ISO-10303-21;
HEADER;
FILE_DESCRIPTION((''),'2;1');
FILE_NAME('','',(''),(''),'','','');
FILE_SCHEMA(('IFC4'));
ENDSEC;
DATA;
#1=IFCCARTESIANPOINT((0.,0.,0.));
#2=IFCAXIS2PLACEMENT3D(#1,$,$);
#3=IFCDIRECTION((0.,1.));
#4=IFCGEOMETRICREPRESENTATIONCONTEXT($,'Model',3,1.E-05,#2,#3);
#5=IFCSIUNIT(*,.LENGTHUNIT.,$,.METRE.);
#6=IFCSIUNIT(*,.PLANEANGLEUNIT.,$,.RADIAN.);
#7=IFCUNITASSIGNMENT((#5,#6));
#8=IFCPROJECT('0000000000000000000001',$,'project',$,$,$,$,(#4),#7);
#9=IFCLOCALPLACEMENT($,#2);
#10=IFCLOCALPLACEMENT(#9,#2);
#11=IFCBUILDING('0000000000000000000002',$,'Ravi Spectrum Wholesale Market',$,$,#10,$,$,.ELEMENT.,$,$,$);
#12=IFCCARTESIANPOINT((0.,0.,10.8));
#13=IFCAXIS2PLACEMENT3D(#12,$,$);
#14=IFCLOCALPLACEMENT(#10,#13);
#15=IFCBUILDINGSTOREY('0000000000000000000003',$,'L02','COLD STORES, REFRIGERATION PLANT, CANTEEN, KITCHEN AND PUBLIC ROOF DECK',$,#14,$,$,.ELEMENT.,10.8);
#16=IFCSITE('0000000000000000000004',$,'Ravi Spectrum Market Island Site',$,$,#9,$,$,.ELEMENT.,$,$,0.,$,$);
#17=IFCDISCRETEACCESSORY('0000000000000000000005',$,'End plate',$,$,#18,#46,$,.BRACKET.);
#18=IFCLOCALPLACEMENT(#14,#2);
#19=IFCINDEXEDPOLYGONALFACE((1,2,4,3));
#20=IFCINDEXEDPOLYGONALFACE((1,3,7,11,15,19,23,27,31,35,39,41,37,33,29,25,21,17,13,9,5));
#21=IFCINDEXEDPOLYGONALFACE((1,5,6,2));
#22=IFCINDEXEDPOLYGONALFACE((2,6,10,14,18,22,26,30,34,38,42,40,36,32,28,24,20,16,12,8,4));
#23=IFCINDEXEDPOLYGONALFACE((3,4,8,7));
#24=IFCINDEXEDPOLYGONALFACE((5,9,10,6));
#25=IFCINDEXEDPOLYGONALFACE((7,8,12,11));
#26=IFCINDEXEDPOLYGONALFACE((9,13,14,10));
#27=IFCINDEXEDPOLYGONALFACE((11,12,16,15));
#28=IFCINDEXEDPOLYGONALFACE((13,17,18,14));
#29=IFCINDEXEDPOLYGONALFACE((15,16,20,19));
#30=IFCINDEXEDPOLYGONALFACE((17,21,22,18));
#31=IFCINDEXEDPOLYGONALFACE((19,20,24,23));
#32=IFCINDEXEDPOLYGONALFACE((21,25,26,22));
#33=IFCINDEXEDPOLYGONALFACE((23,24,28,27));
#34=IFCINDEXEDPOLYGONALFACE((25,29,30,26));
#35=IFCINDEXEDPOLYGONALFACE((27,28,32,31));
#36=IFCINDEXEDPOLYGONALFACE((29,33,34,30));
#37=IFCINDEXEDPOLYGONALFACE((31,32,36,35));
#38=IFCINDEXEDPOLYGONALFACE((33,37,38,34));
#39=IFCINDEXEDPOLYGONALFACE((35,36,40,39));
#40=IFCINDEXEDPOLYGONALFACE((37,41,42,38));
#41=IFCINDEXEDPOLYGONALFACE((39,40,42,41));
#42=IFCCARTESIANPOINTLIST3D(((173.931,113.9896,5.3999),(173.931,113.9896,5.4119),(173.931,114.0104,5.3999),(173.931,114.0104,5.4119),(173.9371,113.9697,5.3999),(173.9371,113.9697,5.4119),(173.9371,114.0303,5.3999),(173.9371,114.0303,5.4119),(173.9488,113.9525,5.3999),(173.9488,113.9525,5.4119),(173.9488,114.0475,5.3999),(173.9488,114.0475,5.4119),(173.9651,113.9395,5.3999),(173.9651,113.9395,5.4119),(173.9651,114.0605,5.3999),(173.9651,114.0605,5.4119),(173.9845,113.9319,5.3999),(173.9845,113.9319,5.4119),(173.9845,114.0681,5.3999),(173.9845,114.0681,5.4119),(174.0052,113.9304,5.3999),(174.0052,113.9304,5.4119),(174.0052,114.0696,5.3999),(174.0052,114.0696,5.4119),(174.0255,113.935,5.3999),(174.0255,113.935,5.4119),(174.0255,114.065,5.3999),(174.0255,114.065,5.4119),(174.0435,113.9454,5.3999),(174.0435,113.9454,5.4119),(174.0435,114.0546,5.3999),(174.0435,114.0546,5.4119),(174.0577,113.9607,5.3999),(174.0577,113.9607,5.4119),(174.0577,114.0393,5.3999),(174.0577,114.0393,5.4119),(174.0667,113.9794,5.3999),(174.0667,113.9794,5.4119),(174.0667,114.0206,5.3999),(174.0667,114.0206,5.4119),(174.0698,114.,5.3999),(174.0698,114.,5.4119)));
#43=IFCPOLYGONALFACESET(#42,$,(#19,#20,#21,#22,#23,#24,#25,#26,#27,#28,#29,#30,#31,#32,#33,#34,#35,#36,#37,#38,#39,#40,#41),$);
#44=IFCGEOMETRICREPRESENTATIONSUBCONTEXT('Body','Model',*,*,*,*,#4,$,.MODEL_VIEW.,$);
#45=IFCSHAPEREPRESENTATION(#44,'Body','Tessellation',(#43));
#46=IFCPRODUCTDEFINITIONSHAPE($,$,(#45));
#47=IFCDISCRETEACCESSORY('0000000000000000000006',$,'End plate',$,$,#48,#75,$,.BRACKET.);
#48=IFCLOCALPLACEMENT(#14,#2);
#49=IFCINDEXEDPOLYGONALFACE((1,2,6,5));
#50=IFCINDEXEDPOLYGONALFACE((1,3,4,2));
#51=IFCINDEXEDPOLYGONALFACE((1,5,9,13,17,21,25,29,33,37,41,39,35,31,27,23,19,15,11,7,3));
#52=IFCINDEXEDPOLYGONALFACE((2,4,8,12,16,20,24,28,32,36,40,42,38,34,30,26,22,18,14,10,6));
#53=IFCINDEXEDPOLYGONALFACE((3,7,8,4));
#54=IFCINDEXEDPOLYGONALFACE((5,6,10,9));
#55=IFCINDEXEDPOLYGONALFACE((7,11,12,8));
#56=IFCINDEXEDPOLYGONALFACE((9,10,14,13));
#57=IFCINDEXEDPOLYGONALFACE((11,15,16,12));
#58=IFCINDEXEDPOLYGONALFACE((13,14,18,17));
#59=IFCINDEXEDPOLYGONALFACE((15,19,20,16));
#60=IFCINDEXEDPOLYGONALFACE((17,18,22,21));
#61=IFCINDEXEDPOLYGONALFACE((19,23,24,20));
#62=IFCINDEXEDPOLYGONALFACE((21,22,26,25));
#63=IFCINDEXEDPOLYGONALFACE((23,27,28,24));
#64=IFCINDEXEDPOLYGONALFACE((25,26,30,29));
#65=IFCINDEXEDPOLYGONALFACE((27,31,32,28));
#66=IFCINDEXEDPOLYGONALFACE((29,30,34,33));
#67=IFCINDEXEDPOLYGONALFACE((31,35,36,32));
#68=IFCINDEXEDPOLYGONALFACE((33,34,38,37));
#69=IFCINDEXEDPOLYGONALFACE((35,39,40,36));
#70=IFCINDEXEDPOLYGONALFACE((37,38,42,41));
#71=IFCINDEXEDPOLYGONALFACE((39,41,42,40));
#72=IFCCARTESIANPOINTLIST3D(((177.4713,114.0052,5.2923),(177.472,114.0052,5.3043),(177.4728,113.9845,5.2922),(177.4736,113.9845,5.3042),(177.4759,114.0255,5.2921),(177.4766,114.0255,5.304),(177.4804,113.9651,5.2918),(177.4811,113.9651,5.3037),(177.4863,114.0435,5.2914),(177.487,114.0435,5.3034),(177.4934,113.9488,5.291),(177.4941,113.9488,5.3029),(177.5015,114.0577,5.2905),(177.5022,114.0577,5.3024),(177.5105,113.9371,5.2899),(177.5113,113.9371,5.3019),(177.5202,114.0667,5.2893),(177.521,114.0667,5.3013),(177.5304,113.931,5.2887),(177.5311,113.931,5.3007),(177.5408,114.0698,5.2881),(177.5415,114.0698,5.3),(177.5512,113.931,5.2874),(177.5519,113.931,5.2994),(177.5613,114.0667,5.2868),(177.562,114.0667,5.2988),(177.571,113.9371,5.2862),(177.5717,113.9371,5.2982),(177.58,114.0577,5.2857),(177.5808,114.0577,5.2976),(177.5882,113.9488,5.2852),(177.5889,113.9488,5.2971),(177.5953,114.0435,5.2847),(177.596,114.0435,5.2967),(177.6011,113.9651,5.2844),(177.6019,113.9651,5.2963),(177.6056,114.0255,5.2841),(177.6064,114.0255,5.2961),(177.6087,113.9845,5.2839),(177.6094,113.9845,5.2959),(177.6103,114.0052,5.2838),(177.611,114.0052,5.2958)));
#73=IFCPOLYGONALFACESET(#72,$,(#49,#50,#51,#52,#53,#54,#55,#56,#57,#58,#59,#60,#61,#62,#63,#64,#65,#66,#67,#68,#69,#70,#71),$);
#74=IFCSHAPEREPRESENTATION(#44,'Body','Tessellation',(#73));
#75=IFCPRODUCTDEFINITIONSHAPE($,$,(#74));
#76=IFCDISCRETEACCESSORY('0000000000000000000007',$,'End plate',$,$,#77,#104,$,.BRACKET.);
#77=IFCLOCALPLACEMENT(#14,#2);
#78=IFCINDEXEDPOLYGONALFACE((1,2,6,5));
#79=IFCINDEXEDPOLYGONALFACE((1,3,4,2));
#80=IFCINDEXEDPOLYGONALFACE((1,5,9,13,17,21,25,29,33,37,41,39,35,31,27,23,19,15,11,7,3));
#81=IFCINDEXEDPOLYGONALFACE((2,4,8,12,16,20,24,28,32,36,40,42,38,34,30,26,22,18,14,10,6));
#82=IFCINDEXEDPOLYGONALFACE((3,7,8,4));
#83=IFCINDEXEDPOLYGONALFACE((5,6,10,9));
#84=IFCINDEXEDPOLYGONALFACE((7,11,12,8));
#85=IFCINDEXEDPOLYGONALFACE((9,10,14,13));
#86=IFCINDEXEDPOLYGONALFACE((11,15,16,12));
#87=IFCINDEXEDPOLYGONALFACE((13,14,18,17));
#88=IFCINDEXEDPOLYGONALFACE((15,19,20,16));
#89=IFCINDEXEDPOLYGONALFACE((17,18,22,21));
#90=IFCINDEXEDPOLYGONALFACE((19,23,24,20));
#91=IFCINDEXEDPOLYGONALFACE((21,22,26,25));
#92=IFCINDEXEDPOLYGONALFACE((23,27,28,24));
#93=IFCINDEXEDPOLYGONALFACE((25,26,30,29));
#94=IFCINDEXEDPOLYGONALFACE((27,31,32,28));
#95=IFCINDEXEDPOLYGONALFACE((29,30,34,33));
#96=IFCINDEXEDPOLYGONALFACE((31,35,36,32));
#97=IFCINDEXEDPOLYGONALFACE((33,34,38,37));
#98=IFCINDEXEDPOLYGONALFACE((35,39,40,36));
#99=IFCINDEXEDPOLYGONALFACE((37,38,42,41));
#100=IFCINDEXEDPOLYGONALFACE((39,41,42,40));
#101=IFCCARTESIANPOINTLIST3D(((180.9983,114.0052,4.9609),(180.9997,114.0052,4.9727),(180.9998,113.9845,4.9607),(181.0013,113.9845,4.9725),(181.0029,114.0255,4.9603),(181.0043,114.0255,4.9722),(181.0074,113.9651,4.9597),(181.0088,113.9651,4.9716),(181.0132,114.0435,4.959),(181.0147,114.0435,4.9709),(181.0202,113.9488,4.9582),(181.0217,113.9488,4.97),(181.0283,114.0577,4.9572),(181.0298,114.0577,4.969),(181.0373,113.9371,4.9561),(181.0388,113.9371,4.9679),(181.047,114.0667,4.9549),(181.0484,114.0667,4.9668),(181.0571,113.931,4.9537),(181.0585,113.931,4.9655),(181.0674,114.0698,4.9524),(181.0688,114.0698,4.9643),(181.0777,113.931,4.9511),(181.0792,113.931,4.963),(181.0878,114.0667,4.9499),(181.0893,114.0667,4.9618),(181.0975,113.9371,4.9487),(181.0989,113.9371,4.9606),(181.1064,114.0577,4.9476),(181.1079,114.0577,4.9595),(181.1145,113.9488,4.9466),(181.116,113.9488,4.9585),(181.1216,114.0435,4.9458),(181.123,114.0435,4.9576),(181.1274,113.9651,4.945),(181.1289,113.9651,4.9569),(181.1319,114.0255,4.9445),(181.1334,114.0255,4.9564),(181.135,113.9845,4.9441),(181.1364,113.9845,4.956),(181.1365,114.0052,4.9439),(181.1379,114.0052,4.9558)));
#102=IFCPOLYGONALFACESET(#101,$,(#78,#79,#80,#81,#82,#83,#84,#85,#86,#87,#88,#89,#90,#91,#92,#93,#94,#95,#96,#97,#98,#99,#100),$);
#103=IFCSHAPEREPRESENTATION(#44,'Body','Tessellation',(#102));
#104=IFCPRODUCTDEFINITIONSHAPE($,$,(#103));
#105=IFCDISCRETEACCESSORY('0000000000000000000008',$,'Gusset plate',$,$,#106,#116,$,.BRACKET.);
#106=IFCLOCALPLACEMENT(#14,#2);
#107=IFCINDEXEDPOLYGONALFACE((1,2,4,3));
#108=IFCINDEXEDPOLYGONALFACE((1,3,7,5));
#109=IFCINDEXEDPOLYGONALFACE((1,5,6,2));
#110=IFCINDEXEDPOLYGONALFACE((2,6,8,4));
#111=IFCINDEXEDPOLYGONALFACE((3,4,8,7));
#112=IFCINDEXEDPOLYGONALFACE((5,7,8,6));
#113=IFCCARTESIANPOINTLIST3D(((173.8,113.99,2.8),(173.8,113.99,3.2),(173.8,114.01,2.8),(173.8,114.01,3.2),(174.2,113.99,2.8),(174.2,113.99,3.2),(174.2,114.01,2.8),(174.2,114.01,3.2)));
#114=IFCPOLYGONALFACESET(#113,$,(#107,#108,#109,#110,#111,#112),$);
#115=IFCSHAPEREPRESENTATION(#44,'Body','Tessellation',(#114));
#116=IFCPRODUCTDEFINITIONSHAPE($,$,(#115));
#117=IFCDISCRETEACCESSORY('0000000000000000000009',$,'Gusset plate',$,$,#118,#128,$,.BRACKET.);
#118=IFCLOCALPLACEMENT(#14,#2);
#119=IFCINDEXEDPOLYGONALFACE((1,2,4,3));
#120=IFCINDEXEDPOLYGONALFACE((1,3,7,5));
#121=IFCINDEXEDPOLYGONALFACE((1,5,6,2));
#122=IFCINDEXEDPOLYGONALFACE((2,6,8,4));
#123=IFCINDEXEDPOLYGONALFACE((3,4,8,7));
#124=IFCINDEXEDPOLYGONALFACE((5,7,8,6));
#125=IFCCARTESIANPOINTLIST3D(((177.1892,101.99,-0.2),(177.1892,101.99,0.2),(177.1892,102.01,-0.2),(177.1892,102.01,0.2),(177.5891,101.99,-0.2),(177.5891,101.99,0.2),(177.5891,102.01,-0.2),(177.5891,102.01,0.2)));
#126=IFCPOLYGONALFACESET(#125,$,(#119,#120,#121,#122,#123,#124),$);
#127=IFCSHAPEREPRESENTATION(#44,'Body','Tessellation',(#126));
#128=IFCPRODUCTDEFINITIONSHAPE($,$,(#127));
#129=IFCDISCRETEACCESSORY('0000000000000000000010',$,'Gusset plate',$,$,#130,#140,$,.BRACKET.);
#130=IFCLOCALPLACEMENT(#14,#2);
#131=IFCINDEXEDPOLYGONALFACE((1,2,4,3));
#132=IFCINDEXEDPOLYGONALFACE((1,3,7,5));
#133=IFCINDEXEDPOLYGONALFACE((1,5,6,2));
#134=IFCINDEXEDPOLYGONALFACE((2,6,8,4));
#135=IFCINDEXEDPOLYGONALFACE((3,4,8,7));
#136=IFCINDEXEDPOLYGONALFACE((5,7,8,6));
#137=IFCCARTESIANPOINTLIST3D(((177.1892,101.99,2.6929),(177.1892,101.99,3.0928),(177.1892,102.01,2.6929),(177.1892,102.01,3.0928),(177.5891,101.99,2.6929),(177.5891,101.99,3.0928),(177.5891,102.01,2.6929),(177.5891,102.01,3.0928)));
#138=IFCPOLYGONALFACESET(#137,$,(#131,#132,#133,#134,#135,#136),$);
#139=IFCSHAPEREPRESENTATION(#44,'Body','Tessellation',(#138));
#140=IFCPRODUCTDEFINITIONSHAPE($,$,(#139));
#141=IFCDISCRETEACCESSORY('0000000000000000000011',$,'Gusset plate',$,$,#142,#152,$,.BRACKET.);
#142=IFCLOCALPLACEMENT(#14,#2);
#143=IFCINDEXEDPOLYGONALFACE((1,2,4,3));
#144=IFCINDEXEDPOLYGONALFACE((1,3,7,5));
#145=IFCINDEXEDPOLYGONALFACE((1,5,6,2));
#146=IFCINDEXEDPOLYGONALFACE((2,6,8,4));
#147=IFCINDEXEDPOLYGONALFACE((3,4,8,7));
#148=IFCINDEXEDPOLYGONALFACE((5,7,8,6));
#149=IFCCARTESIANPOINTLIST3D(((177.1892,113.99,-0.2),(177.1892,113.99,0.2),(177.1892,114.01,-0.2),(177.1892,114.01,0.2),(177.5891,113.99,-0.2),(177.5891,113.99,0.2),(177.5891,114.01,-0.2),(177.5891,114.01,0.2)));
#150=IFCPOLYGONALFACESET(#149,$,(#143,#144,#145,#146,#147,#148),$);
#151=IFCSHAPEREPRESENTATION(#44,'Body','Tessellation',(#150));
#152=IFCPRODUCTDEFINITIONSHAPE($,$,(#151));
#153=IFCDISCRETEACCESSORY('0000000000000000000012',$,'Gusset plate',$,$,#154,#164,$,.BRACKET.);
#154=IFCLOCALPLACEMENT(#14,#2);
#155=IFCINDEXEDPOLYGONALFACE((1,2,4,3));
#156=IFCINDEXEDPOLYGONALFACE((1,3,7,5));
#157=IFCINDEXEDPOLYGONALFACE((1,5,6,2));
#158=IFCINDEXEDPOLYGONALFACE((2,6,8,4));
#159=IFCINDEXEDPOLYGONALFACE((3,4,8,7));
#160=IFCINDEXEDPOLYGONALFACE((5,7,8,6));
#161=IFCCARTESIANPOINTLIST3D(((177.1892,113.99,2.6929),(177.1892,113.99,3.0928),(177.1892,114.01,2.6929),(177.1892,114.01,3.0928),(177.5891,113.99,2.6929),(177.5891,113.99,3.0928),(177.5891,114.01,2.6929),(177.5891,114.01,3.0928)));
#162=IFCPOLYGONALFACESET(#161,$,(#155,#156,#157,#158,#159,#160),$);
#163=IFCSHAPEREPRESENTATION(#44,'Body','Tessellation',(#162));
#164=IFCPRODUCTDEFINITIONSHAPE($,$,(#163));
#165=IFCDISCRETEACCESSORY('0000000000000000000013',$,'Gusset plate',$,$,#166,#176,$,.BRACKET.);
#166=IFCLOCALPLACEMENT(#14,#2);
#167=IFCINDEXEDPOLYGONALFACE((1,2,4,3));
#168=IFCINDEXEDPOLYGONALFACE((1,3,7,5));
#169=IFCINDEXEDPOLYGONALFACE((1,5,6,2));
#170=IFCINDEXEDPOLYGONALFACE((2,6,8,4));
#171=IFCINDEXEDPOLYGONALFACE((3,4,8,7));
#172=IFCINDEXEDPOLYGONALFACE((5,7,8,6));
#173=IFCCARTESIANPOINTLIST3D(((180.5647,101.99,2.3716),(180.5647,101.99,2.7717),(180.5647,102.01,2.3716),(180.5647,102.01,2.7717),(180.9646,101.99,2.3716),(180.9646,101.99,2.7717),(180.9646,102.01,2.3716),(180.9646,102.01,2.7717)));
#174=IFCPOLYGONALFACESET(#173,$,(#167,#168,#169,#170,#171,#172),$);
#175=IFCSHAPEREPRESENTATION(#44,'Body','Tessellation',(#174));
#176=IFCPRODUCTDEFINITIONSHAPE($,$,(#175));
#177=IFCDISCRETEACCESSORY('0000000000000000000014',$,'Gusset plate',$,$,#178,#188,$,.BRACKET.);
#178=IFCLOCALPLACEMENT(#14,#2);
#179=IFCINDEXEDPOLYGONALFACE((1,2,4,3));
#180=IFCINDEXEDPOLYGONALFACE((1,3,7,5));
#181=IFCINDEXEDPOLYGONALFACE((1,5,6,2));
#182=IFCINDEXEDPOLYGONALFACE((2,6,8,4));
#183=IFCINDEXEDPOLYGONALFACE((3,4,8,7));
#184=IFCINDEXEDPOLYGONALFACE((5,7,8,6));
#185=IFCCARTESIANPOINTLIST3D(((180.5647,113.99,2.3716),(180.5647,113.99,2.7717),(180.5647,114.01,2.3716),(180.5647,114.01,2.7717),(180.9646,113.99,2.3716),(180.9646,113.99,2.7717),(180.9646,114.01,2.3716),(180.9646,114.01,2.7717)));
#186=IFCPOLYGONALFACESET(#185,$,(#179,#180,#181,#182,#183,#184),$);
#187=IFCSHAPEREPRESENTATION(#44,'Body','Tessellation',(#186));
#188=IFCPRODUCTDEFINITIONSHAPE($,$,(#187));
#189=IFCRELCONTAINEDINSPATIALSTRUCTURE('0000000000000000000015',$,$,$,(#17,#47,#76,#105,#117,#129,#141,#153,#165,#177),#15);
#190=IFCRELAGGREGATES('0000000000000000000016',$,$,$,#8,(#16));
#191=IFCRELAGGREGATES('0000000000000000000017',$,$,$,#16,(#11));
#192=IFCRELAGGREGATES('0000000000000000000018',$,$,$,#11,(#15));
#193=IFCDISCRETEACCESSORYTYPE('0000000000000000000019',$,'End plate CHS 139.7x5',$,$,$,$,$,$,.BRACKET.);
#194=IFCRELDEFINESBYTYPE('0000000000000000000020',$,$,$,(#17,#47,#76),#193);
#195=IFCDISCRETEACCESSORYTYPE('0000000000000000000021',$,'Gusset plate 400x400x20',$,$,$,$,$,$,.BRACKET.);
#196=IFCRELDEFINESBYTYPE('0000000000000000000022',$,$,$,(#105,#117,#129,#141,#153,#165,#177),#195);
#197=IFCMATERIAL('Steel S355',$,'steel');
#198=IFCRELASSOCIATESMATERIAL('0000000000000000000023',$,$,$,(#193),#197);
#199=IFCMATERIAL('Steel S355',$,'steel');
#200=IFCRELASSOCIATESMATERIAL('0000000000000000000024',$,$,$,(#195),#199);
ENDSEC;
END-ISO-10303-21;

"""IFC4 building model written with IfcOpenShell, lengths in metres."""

from ifc_helpers import new_model, si_unit, direction, frame, origin, origin_2d, place, context, subcontext, project, spatial, rectangle, circle, extrude, material, material_profile, profile_set, type_object, element, save


model = new_model("IFC4")

# Units and contexts
model_context = context("Model", 3, precision=1e-05, world=origin(), true_north=direction((0.0, 1.0)))
body_context = subcontext(model_context, "Body", "Model", "MODEL_VIEW")
ifc_project = project(units=[si_unit("LENGTHUNIT", "METRE"), si_unit("PLANEANGLEUNIT", "RADIAN")], contexts=[model_context])

# Site, building, storey
site_placement = place(None, origin())
site = spatial("IfcSite", under=ifc_project, at=site_placement, Name="Ravi Spectrum Market Island Site", CompositionType="ELEMENT", RefElevation=0.0)
building_placement = place(site_placement, origin())
building = spatial("IfcBuilding", under=site, at=building_placement, Name="Ravi Spectrum Wholesale Market", CompositionType="ELEMENT")
storey_placement = place(building_placement, frame((0.0, 0.0, 10.8)))
storey = spatial("IfcBuildingStorey", under=building, at=storey_placement, Name="L02", Description="COLD STORES, REFRIGERATION PLANT, CANTEEN, KITCHEN AND PUBLIC ROOF DECK", CompositionType="ELEMENT", Elevation=10.8)

# Discrete accessories
ifc_material_1 = material(Name="Steel S355", Category="steel")
ifc_material_profile_1 = material_profile(ifc_material_1, circle(Radius=0.0698, at=origin_2d()))
ifc_profile_set_1 = profile_set([ifc_material_profile_1], Name="Steel S355")
discrete_accessory_type_1 = type_object("IfcDiscreteAccessoryType", Name="End plate CHS 139.7x5", PredefinedType="BRACKET", material=ifc_profile_set_1)
for number, where, z_axis, x_axis, name in (
    (1, (174.0, 114.0, 5.3999), (0.0, 0.0, 1.0), (1.0, 0.0, 0.0), "End plate"),
    (2, (177.5408, 114.0, 5.2881), (0.06111, 0.0, 0.998131), (0.0, 1.0, 0.0), "End plate"),
    (3, (181.0674, 114.0, 4.9524), (0.121541, 0.0, 0.992586), (0.0, 1.0, 0.0), "End plate"),
):
    element("IfcDiscreteAccessory", number, at=place(storey_placement, frame(where, z_axis=z_axis, x_axis=x_axis)), inside=storey, type_object=discrete_accessory_type_1, Name=name, PredefinedType="BRACKET", context=body_context, shape_type="SweptSolid", body=[
        extrude(circle(Radius=0.0698, at=origin_2d()), origin(), (0.0, 0.0, 1.0), 0.012),
    ])
ifc_material_2 = material(Name="Steel S355", Category="steel")
ifc_material_profile_2 = material_profile(ifc_material_2, rectangle(XDim=0.3999, YDim=0.02, at=origin_2d()))
ifc_profile_set_2 = profile_set([ifc_material_profile_2], Name="Steel S355")
discrete_accessory_type_2 = type_object("IfcDiscreteAccessoryType", Name="Gusset plate 400x400x20", PredefinedType="BRACKET", material=ifc_profile_set_2)
for number, where, z_axis, x_axis, name in (
    (4, (174.0, 114.0, 2.8), (0.0, 0.0, 1.0), (1.0, 0.0, 0.0), "Gusset plate"),
    (5, (177.3892, 102.0, -0.2), (0.0, 0.0, 1.0), (1.0, 0.0, 0.0), "Gusset plate"),
    (6, (177.3892, 102.0, 2.6929), (0.0, 0.0, 1.0), (-1.0, 0.0, 0.0), "Gusset plate"),
    (7, (177.3892, 114.0, -0.2), (0.0, 0.0, 1.0), (1.0, 0.0, 0.0), "Gusset plate"),
    (8, (177.3892, 114.0, 2.6929), (0.0, 0.0, 1.0), (-1.0, 0.0, 0.0), "Gusset plate"),
):
    element("IfcDiscreteAccessory", number, at=place(storey_placement, frame(where, z_axis=z_axis, x_axis=x_axis)), inside=storey, type_object=discrete_accessory_type_2, Name=name, PredefinedType="BRACKET", context=body_context, shape_type="SweptSolid", body=[
        extrude(rectangle(XDim=0.3999, YDim=0.02, at=origin_2d()), origin(), (0.0, 0.0, 1.0), 0.3999),
    ])
for number, where, z_axis, x_axis, name in (
    (9, (180.7646, 102.0, 2.3716), (0.0, 0.0, 1.0), (-1.0, 0.0, 0.0), "Gusset plate"),
    (10, (180.7646, 114.0, 2.3716), (0.0, 0.0, 1.0), (-1.0, 0.0, 0.0), "Gusset plate"),
):
    element("IfcDiscreteAccessory", number, at=place(storey_placement, frame(where, z_axis=z_axis, x_axis=x_axis)), inside=storey, type_object=discrete_accessory_type_2, Name=name, PredefinedType="BRACKET", context=body_context, shape_type="SweptSolid", body=[
        extrude(rectangle(XDim=0.3999, YDim=0.02, at=origin_2d()), origin(), (0.0, 0.0, 1.0), 0.4001),
    ])

save(model, "model.ifc")
